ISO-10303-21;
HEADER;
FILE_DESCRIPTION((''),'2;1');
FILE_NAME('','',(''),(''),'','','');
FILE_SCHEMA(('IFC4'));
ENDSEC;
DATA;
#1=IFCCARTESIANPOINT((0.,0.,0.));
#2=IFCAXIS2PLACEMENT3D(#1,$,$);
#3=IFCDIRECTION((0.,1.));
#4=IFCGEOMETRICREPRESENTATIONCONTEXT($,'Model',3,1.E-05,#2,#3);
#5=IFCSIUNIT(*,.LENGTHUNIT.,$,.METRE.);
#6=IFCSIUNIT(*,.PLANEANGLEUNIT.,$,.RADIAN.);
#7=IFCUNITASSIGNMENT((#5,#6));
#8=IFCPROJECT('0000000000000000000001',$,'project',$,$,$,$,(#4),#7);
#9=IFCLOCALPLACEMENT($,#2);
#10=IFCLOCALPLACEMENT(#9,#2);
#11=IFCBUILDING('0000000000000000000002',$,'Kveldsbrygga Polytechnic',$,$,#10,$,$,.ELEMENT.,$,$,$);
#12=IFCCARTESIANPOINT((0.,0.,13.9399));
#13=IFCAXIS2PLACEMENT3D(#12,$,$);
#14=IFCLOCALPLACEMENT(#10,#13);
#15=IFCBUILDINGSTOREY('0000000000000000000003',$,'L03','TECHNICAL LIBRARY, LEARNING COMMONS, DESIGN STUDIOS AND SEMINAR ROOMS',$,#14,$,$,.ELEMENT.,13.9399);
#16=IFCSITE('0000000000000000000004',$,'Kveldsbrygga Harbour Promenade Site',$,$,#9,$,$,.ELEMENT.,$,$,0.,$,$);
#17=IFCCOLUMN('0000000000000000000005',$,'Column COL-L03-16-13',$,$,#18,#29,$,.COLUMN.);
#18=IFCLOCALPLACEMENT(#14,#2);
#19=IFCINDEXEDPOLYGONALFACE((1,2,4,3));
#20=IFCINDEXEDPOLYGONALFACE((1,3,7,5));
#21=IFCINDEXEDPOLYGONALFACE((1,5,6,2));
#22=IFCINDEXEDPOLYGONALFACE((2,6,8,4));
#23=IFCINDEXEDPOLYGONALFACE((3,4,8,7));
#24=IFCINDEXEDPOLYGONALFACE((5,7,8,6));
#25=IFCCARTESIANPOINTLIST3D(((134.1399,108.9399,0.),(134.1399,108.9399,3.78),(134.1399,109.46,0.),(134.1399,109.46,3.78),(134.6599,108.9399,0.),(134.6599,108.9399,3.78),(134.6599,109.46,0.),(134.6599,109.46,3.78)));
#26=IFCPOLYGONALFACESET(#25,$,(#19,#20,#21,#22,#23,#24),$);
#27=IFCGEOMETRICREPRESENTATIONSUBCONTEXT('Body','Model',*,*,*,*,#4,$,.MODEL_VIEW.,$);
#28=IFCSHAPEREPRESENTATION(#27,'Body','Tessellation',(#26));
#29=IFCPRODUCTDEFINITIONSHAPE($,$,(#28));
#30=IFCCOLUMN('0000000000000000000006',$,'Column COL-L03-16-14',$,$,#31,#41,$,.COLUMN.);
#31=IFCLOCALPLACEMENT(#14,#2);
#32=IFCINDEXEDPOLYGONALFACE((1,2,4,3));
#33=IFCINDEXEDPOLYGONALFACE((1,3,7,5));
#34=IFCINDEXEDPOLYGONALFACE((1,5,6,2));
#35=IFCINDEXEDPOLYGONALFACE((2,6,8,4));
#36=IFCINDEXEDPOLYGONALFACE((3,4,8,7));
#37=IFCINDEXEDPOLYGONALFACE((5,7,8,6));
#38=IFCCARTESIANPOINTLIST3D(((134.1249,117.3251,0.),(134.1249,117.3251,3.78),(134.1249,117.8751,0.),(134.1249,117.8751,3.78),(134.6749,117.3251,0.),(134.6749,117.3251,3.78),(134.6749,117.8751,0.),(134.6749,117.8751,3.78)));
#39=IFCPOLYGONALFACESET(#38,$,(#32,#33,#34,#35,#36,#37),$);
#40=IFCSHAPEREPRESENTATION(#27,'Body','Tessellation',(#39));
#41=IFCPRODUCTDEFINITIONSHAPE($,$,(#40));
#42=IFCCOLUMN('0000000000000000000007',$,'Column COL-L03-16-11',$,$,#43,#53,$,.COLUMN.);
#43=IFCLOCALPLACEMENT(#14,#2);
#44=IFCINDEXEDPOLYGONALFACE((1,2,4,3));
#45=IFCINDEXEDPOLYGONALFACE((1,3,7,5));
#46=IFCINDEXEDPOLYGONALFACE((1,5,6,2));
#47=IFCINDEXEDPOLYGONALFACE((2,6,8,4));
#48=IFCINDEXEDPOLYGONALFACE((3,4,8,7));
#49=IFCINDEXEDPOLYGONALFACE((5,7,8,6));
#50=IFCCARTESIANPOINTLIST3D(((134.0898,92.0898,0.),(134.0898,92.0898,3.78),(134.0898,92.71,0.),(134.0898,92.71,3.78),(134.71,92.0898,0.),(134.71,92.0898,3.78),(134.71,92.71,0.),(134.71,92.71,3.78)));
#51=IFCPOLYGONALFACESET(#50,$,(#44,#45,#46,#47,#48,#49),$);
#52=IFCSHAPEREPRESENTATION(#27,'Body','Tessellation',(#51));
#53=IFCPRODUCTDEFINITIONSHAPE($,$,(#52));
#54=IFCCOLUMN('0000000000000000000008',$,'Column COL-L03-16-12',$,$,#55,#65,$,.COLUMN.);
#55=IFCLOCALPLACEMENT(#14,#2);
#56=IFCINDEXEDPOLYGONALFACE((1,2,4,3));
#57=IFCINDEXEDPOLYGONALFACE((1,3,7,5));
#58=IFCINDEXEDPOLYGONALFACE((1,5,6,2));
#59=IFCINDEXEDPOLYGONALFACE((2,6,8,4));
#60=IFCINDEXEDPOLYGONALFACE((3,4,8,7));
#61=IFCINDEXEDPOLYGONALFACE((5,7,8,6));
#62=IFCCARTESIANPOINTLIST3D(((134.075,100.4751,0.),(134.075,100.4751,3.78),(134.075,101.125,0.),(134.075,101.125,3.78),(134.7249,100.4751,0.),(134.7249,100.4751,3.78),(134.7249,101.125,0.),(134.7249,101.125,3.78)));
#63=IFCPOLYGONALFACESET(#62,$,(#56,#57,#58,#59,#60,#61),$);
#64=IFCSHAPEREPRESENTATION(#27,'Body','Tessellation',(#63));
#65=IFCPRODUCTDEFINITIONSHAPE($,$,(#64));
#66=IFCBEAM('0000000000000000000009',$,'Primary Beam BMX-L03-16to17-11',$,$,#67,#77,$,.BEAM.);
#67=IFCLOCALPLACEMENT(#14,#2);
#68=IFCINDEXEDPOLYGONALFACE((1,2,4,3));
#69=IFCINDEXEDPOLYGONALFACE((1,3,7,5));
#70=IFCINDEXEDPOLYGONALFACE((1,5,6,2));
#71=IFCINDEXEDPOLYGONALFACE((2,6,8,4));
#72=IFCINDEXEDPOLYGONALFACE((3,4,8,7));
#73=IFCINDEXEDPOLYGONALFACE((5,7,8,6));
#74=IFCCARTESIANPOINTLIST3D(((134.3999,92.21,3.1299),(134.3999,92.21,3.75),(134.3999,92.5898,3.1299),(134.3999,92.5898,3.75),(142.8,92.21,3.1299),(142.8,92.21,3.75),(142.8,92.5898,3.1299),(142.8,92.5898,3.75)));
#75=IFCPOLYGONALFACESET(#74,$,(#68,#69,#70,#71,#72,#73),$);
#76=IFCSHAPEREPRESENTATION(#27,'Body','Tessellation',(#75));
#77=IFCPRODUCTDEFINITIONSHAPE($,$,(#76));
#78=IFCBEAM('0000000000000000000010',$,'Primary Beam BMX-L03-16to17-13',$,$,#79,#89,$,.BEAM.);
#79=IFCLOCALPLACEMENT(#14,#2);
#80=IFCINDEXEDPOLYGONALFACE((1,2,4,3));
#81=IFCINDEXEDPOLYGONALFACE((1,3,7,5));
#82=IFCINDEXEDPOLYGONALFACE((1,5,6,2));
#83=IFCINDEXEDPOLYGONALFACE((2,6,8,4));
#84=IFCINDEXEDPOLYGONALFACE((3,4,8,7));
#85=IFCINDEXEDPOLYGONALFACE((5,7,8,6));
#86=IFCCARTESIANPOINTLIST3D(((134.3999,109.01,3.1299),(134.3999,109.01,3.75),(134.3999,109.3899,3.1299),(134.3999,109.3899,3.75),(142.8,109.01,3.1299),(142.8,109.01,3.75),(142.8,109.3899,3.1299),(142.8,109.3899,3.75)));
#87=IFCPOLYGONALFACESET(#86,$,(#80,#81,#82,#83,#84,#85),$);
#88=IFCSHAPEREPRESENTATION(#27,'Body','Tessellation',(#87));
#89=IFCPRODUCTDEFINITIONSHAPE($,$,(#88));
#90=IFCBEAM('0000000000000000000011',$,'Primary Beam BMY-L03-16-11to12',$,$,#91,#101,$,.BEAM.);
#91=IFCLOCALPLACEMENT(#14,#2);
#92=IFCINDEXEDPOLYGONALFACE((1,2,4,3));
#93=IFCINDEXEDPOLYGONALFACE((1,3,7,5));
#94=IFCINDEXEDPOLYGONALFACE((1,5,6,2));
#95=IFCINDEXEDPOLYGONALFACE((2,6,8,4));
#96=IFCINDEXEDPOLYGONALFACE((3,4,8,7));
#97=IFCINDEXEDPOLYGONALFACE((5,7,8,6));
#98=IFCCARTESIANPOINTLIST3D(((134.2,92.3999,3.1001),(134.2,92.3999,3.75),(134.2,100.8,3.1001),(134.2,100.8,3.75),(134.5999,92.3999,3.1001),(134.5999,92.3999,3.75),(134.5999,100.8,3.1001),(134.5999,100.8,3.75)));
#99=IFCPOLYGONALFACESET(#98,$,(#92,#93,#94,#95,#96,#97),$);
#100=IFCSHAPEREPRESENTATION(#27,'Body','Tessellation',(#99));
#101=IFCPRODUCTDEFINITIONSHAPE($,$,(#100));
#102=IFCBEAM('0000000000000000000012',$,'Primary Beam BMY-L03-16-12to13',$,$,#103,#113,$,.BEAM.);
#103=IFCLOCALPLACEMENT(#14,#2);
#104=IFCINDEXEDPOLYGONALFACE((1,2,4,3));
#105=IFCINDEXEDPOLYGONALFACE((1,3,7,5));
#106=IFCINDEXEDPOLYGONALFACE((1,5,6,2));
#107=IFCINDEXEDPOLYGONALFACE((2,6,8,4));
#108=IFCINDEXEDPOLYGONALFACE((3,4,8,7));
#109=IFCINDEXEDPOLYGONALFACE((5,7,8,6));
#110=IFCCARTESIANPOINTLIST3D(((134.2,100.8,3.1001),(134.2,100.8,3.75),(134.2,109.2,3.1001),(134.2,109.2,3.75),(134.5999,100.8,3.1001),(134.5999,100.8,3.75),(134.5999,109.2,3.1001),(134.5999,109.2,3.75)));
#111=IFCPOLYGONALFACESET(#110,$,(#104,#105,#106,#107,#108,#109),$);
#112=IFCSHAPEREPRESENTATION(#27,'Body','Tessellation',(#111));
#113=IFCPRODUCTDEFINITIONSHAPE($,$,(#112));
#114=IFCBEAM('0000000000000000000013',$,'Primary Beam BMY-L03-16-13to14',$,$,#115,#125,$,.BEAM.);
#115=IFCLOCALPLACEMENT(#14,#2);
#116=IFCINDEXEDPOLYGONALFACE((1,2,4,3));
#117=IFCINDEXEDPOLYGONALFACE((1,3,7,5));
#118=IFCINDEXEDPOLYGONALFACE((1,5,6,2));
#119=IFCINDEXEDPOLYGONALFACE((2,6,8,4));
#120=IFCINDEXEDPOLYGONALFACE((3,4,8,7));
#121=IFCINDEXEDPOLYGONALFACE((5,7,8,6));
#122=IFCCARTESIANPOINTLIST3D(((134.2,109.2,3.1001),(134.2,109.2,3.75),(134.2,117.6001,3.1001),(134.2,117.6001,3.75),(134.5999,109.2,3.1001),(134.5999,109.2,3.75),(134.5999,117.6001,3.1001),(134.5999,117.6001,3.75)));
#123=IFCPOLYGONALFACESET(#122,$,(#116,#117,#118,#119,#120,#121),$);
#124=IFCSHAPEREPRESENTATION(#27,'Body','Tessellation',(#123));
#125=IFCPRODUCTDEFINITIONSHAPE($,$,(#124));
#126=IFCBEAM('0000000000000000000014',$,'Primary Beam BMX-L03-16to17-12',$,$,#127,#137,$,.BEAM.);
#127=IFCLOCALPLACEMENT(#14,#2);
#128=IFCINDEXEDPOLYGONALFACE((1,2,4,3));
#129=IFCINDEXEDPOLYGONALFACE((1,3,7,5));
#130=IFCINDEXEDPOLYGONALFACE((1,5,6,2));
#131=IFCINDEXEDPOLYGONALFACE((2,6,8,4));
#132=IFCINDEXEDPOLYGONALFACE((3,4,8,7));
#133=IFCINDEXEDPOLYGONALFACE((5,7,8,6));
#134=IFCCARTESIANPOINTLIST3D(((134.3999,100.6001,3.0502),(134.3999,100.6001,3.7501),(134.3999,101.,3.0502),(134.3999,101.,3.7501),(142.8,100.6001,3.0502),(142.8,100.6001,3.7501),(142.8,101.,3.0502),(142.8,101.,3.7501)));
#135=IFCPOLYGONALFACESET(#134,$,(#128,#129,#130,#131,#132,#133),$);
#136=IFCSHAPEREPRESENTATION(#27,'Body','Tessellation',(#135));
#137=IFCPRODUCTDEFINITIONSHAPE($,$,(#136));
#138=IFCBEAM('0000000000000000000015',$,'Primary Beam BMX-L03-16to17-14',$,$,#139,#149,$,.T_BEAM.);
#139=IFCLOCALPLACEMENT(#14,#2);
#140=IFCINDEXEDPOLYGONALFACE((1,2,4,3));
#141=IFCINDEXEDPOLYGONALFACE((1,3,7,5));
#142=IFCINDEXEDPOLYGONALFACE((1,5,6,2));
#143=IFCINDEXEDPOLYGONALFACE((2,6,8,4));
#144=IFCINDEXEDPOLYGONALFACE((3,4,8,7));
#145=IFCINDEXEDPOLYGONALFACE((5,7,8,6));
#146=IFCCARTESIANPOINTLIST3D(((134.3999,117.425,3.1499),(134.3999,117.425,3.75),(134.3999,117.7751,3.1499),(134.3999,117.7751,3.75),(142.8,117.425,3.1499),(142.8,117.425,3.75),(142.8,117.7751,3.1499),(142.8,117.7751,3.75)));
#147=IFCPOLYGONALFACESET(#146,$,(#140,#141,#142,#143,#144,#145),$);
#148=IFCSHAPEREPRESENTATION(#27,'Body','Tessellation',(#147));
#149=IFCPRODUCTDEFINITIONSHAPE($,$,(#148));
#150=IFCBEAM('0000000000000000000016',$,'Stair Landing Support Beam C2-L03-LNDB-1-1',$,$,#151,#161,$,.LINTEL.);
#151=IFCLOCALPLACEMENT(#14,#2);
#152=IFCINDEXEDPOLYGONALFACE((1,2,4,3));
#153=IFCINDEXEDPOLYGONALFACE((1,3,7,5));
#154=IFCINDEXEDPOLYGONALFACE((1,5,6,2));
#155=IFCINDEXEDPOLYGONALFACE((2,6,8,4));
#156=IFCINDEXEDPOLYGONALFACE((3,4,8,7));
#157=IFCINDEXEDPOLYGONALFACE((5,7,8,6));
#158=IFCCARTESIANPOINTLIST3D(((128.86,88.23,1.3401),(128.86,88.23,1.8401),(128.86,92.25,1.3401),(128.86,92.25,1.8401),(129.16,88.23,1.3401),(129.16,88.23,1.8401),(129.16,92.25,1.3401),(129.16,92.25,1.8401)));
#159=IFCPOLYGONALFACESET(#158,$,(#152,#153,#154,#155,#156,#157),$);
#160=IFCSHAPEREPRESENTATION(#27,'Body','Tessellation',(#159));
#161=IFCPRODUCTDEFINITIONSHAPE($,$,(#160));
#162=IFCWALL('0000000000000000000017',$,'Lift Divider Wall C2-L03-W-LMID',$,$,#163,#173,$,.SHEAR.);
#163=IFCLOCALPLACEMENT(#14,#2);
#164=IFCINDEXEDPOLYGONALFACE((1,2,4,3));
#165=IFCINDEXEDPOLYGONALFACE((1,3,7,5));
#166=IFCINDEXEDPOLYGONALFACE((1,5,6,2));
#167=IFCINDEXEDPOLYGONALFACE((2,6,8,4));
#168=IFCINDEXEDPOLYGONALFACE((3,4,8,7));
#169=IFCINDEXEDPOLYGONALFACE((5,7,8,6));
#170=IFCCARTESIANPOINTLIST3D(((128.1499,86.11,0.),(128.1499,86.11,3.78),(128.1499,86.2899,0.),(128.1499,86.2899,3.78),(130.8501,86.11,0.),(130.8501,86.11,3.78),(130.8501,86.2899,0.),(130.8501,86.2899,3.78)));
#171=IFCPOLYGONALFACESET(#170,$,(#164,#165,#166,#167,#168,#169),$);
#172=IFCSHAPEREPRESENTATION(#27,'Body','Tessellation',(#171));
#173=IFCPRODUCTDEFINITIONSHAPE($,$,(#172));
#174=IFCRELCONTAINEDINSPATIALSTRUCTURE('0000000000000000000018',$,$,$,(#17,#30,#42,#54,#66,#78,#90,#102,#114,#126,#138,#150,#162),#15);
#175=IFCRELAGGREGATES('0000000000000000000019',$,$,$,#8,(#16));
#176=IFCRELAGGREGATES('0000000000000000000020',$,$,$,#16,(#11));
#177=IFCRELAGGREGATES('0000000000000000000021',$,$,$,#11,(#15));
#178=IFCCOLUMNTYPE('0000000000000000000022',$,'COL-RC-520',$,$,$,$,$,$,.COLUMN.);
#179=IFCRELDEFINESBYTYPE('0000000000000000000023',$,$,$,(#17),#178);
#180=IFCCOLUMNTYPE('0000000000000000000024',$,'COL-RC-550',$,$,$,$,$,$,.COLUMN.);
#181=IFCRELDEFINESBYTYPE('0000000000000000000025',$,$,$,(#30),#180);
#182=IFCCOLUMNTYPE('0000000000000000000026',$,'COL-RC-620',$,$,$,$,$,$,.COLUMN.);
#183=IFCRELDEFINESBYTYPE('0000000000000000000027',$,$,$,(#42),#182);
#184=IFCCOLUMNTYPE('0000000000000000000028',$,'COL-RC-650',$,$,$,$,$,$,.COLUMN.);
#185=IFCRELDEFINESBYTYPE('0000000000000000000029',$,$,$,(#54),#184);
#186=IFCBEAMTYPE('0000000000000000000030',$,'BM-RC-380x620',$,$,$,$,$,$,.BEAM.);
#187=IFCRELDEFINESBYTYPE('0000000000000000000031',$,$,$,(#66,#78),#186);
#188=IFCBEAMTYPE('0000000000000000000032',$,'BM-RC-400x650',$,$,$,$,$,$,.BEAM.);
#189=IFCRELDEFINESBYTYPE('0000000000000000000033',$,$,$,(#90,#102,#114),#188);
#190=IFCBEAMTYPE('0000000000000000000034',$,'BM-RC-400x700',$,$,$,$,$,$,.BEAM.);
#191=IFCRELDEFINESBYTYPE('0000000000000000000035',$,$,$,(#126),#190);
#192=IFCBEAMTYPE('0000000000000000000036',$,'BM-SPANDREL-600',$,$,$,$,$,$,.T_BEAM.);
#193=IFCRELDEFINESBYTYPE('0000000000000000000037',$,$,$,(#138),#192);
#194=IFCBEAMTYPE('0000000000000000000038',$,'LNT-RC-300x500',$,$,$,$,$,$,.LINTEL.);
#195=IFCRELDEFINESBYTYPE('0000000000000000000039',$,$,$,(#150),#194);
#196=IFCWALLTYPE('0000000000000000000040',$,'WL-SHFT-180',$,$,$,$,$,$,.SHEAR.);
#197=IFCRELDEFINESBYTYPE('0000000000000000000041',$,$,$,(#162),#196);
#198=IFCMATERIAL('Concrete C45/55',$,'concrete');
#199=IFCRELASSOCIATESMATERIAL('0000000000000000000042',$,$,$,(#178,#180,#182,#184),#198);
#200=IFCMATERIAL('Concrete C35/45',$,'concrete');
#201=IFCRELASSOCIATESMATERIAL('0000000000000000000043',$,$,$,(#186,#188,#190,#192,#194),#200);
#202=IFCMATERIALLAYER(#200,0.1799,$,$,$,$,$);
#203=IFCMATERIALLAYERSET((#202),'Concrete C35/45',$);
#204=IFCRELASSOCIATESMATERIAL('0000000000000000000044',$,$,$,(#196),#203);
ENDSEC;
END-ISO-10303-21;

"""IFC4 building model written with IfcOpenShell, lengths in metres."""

from ifc_helpers import new_model, si_unit, direction, frame, frame_2d, origin, origin_2d, place, context, subcontext, project, spatial, rectangle, extrude, material, layer, layer_set, material_profile, profile_set, type_object, element, save


model = new_model("IFC4")

# Units and contexts
model_context = context("Model", 3, precision=1e-05, world=origin(), true_north=direction((0.0, 1.0)))
body_context = subcontext(model_context, "Body", "Model", "MODEL_VIEW")
ifc_project = project(units=[si_unit("LENGTHUNIT", "METRE"), si_unit("PLANEANGLEUNIT", "RADIAN")], contexts=[model_context])

# Site, building, storey
site_placement = place(None, origin())
site = spatial("IfcSite", under=ifc_project, at=site_placement, Name="Kveldsbrygga Harbour Promenade Site", CompositionType="ELEMENT", RefElevation=0.0)
building_placement = place(site_placement, origin())
building = spatial("IfcBuilding", under=site, at=building_placement, Name="Kveldsbrygga Polytechnic", CompositionType="ELEMENT")
storey_placement = place(building_placement, frame((0.0, 0.0, 13.9399)))
storey = spatial("IfcBuildingStorey", under=building, at=storey_placement, Name="L03", Description="TECHNICAL LIBRARY, LEARNING COMMONS, DESIGN STUDIOS AND SEMINAR ROOMS", CompositionType="ELEMENT", Elevation=13.9399)

# Columns
ifc_material_1 = material(Name="Concrete C45/55", Category="concrete")
ifc_material_profile_1 = material_profile(ifc_material_1, rectangle(XDim=0.52, YDim=0.52, at=origin_2d()), Name="RC 520x520")
ifc_profile_set_1 = profile_set([ifc_material_profile_1], Name="Concrete C45/55")
column_type_1 = type_object("IfcColumnType", Name="COL-RC-520", PredefinedType="COLUMN", material=ifc_profile_set_1)
column_1_placement = place(storey_placement, frame((134.3999, 109.2, 0.0), z_axis=(0.0, 0.0, 1.0), x_axis=(1.0, 0.0, 0.0)))
element("IfcColumn", 1, at=column_1_placement, inside=storey, type_object=column_type_1, Name="Column COL-L03-16-13", PredefinedType="COLUMN", context=body_context, shape_type="SweptSolid", body=[
    extrude(rectangle(XDim=0.52, YDim=0.52, at=origin_2d()), origin(), (0.0, 0.0, 1.0), 3.78),
])
ifc_material_profile_2 = material_profile(ifc_material_1, rectangle(XDim=0.55, YDim=0.55, at=origin_2d()), Name="RC 550x550")
ifc_profile_set_2 = profile_set([ifc_material_profile_2], Name="Concrete C45/55")
column_type_2 = type_object("IfcColumnType", Name="COL-RC-550", PredefinedType="COLUMN", material=ifc_profile_set_2)
column_2_placement = place(storey_placement, frame((134.3999, 117.6001, 0.0), z_axis=(0.0, 0.0, 1.0), x_axis=(1.0, 0.0, 0.0)))
element("IfcColumn", 2, at=column_2_placement, inside=storey, type_object=column_type_2, Name="Column COL-L03-16-14", PredefinedType="COLUMN", context=body_context, shape_type="SweptSolid", body=[
    extrude(rectangle(XDim=0.55, YDim=0.55, at=origin_2d()), origin(), (0.0, 0.0, 1.0), 3.78),
])
ifc_material_profile_3 = material_profile(ifc_material_1, rectangle(XDim=0.6201, YDim=0.6201, at=origin_2d()), Name="RC 620x620")
ifc_profile_set_3 = profile_set([ifc_material_profile_3], Name="Concrete C45/55")
column_type_3 = type_object("IfcColumnType", Name="COL-RC-620", PredefinedType="COLUMN", material=ifc_profile_set_3)
column_3_placement = place(storey_placement, frame((134.3999, 92.3999, 0.0), z_axis=(0.0, 0.0, 1.0), x_axis=(1.0, 0.0, 0.0)))
element("IfcColumn", 3, at=column_3_placement, inside=storey, type_object=column_type_3, Name="Column COL-L03-16-11", PredefinedType="COLUMN", context=body_context, shape_type="SweptSolid", body=[
    extrude(rectangle(XDim=0.6201, YDim=0.6201, at=origin_2d()), origin(), (0.0, 0.0, 1.0), 3.78),
])
ifc_material_profile_4 = material_profile(ifc_material_1, rectangle(XDim=0.6499, YDim=0.6499, at=origin_2d()), Name="RC 650x650")
ifc_profile_set_4 = profile_set([ifc_material_profile_4], Name="Concrete C45/55")
column_type_4 = type_object("IfcColumnType", Name="COL-RC-650", PredefinedType="COLUMN", material=ifc_profile_set_4)
column_4_placement = place(storey_placement, frame((134.3999, 100.8, 0.0), z_axis=(0.0, 0.0, 1.0), x_axis=(1.0, 0.0, 0.0)))
element("IfcColumn", 4, at=column_4_placement, inside=storey, type_object=column_type_4, Name="Column COL-L03-16-12", PredefinedType="COLUMN", context=body_context, shape_type="SweptSolid", body=[
    extrude(rectangle(XDim=0.6499, YDim=0.6499, at=origin_2d()), origin(), (0.0, 0.0, 1.0), 3.78),
])

# Beams
ifc_material_2 = material(Name="Concrete C35/45", Category="concrete")
ifc_material_profile_5 = material_profile(ifc_material_2, rectangle(XDim=0.3799, YDim=0.6201, at=origin_2d()), Name="RC 380x620")
ifc_profile_set_5 = profile_set([ifc_material_profile_5], Name="Concrete C35/45")
beam_type_1 = type_object("IfcBeamType", Name="BM-RC-380x620", PredefinedType="BEAM", material=ifc_profile_set_5)
for number, where, z_axis, x_axis, name in (
    (5, (134.3999, 92.3999, 3.4399), (1.0, 0.0, 0.0), (0.0, 1.0, 0.0), "Primary Beam BMX-L03-16to17-11"),
    (6, (134.3999, 109.2, 3.4399), (1.0, 0.0, 0.0), (0.0, 1.0, 0.0), "Primary Beam BMX-L03-16to17-13"),
):
    element("IfcBeam", number, at=place(storey_placement, frame(where, z_axis=z_axis, x_axis=x_axis)), inside=storey, type_object=beam_type_1, Name=name, PredefinedType="BEAM", context=body_context, shape_type="SweptSolid", body=[
        extrude(rectangle(XDim=0.3799, YDim=0.6201, at=origin_2d()), origin(), (0.0, 0.0, 1.0), 8.4001),
    ])
ifc_material_profile_6 = material_profile(ifc_material_2, rectangle(XDim=0.3999, YDim=0.6499, at=origin_2d()), Name="RC 400x650")
ifc_profile_set_6 = profile_set([ifc_material_profile_6], Name="Concrete C35/45")
beam_type_2 = type_object("IfcBeamType", Name="BM-RC-400x650", PredefinedType="BEAM", material=ifc_profile_set_6)
beam_1_placement = place(storey_placement, frame((134.3999, 92.3999, 3.425), z_axis=(0.0, 1.0, 0.0), x_axis=(-1.0, 0.0, 0.0)))
element("IfcBeam", 7, at=beam_1_placement, inside=storey, type_object=beam_type_2, Name="Primary Beam BMY-L03-16-11to12", PredefinedType="BEAM", context=body_context, shape_type="SweptSolid", body=[
    extrude(rectangle(XDim=0.3999, YDim=0.6499, at=origin_2d()), origin(), (0.0, 0.0, 1.0), 8.4001),
])
beam_2_placement = place(storey_placement, frame((134.3999, 100.8, 3.425), z_axis=(0.0, 1.0, 0.0), x_axis=(-1.0, 0.0, 0.0)))
element("IfcBeam", 8, at=beam_2_placement, inside=storey, type_object=beam_type_2, Name="Primary Beam BMY-L03-16-12to13", PredefinedType="BEAM", context=body_context, shape_type="SweptSolid", body=[
    extrude(rectangle(XDim=0.3999, YDim=0.6499, at=origin_2d()), origin(), (0.0, 0.0, 1.0), 8.3999),
])
beam_3_placement = place(storey_placement, frame((134.3999, 109.2, 3.425), z_axis=(0.0, 1.0, 0.0), x_axis=(-1.0, 0.0, 0.0)))
element("IfcBeam", 9, at=beam_3_placement, inside=storey, type_object=beam_type_2, Name="Primary Beam BMY-L03-16-13to14", PredefinedType="BEAM", context=body_context, shape_type="SweptSolid", body=[
    extrude(rectangle(XDim=0.3999, YDim=0.6499, at=origin_2d()), origin(), (0.0, 0.0, 1.0), 8.4001),
])
ifc_material_profile_7 = material_profile(ifc_material_2, rectangle(XDim=0.3999, YDim=0.7, at=origin_2d()), Name="RC 400x700")
ifc_profile_set_7 = profile_set([ifc_material_profile_7], Name="Concrete C35/45")
beam_type_3 = type_object("IfcBeamType", Name="BM-RC-400x700", PredefinedType="BEAM", material=ifc_profile_set_7)
beam_4_placement = place(storey_placement, frame((134.3999, 100.8, 3.4001), z_axis=(1.0, 0.0, 0.0), x_axis=(0.0, 1.0, 0.0)))
element("IfcBeam", 10, at=beam_4_placement, inside=storey, type_object=beam_type_3, Name="Primary Beam BMX-L03-16to17-12", PredefinedType="BEAM", context=body_context, shape_type="SweptSolid", body=[
    extrude(rectangle(XDim=0.3999, YDim=0.7, at=origin_2d()), origin(), (0.0, 0.0, 1.0), 8.4001),
])
ifc_material_profile_8 = material_profile(ifc_material_2, rectangle(XDim=0.3501, YDim=0.6001, at=origin_2d()), Name="RC 350x600")
ifc_profile_set_8 = profile_set([ifc_material_profile_8], Name="Concrete C35/45")
beam_type_4 = type_object("IfcBeamType", Name="BM-SPANDREL-600", PredefinedType="T_BEAM", material=ifc_profile_set_8)
beam_5_placement = place(storey_placement, frame((134.3999, 117.6001, 3.45), z_axis=(1.0, 0.0, 0.0), x_axis=(0.0, 1.0, 0.0)))
element("IfcBeam", 11, at=beam_5_placement, inside=storey, type_object=beam_type_4, Name="Primary Beam BMX-L03-16to17-14", PredefinedType="T_BEAM", context=body_context, shape_type="SweptSolid", body=[
    extrude(rectangle(XDim=0.3501, YDim=0.6001, at=origin_2d()), origin(), (0.0, 0.0, 1.0), 8.4001),
])
ifc_material_profile_9 = material_profile(ifc_material_2, rectangle(XDim=0.3, YDim=0.5, at=origin_2d()), Name="RC 300x500")
ifc_profile_set_9 = profile_set([ifc_material_profile_9], Name="Concrete C35/45")
beam_type_5 = type_object("IfcBeamType", Name="LNT-RC-300x500", PredefinedType="LINTEL", material=ifc_profile_set_9)
beam_6_placement = place(storey_placement, frame((129.01, 88.23, 1.5901), z_axis=(0.0, 1.0, 0.0), x_axis=(-1.0, 0.0, 0.0)))
element("IfcBeam", 12, at=beam_6_placement, inside=storey, type_object=beam_type_5, Name="Stair Landing Support Beam C2-L03-LNDB-1-1", PredefinedType="LINTEL", context=body_context, shape_type="SweptSolid", body=[
    extrude(rectangle(XDim=0.3, YDim=0.5, at=origin_2d()), origin(), (0.0, 0.0, 1.0), 4.02),
])

# Wall
ifc_layer = layer(ifc_material_2, 0.1799)
ifc_layer_set = layer_set([ifc_layer], Name="Concrete C35/45")
wall_type = type_object("IfcWallType", Name="WL-SHFT-180", PredefinedType="SHEAR", material=ifc_layer_set)
wall_placement = place(storey_placement, frame((128.1499, 86.2, 0.0), z_axis=(0.0, 0.0, 1.0), x_axis=(1.0, 0.0, 0.0)))
element("IfcWall", 13, at=wall_placement, inside=storey, type_object=wall_type, Name="Lift Divider Wall C2-L03-W-LMID", PredefinedType="SHEAR", context=body_context, shape_type="SweptSolid", body=[
    extrude(rectangle(XDim=2.7002, YDim=0.1799, at=frame_2d((1.3501, 0.0))), origin(), (0.0, 0.0, 1.0), 3.78),
])

save(model, "model.ifc")
